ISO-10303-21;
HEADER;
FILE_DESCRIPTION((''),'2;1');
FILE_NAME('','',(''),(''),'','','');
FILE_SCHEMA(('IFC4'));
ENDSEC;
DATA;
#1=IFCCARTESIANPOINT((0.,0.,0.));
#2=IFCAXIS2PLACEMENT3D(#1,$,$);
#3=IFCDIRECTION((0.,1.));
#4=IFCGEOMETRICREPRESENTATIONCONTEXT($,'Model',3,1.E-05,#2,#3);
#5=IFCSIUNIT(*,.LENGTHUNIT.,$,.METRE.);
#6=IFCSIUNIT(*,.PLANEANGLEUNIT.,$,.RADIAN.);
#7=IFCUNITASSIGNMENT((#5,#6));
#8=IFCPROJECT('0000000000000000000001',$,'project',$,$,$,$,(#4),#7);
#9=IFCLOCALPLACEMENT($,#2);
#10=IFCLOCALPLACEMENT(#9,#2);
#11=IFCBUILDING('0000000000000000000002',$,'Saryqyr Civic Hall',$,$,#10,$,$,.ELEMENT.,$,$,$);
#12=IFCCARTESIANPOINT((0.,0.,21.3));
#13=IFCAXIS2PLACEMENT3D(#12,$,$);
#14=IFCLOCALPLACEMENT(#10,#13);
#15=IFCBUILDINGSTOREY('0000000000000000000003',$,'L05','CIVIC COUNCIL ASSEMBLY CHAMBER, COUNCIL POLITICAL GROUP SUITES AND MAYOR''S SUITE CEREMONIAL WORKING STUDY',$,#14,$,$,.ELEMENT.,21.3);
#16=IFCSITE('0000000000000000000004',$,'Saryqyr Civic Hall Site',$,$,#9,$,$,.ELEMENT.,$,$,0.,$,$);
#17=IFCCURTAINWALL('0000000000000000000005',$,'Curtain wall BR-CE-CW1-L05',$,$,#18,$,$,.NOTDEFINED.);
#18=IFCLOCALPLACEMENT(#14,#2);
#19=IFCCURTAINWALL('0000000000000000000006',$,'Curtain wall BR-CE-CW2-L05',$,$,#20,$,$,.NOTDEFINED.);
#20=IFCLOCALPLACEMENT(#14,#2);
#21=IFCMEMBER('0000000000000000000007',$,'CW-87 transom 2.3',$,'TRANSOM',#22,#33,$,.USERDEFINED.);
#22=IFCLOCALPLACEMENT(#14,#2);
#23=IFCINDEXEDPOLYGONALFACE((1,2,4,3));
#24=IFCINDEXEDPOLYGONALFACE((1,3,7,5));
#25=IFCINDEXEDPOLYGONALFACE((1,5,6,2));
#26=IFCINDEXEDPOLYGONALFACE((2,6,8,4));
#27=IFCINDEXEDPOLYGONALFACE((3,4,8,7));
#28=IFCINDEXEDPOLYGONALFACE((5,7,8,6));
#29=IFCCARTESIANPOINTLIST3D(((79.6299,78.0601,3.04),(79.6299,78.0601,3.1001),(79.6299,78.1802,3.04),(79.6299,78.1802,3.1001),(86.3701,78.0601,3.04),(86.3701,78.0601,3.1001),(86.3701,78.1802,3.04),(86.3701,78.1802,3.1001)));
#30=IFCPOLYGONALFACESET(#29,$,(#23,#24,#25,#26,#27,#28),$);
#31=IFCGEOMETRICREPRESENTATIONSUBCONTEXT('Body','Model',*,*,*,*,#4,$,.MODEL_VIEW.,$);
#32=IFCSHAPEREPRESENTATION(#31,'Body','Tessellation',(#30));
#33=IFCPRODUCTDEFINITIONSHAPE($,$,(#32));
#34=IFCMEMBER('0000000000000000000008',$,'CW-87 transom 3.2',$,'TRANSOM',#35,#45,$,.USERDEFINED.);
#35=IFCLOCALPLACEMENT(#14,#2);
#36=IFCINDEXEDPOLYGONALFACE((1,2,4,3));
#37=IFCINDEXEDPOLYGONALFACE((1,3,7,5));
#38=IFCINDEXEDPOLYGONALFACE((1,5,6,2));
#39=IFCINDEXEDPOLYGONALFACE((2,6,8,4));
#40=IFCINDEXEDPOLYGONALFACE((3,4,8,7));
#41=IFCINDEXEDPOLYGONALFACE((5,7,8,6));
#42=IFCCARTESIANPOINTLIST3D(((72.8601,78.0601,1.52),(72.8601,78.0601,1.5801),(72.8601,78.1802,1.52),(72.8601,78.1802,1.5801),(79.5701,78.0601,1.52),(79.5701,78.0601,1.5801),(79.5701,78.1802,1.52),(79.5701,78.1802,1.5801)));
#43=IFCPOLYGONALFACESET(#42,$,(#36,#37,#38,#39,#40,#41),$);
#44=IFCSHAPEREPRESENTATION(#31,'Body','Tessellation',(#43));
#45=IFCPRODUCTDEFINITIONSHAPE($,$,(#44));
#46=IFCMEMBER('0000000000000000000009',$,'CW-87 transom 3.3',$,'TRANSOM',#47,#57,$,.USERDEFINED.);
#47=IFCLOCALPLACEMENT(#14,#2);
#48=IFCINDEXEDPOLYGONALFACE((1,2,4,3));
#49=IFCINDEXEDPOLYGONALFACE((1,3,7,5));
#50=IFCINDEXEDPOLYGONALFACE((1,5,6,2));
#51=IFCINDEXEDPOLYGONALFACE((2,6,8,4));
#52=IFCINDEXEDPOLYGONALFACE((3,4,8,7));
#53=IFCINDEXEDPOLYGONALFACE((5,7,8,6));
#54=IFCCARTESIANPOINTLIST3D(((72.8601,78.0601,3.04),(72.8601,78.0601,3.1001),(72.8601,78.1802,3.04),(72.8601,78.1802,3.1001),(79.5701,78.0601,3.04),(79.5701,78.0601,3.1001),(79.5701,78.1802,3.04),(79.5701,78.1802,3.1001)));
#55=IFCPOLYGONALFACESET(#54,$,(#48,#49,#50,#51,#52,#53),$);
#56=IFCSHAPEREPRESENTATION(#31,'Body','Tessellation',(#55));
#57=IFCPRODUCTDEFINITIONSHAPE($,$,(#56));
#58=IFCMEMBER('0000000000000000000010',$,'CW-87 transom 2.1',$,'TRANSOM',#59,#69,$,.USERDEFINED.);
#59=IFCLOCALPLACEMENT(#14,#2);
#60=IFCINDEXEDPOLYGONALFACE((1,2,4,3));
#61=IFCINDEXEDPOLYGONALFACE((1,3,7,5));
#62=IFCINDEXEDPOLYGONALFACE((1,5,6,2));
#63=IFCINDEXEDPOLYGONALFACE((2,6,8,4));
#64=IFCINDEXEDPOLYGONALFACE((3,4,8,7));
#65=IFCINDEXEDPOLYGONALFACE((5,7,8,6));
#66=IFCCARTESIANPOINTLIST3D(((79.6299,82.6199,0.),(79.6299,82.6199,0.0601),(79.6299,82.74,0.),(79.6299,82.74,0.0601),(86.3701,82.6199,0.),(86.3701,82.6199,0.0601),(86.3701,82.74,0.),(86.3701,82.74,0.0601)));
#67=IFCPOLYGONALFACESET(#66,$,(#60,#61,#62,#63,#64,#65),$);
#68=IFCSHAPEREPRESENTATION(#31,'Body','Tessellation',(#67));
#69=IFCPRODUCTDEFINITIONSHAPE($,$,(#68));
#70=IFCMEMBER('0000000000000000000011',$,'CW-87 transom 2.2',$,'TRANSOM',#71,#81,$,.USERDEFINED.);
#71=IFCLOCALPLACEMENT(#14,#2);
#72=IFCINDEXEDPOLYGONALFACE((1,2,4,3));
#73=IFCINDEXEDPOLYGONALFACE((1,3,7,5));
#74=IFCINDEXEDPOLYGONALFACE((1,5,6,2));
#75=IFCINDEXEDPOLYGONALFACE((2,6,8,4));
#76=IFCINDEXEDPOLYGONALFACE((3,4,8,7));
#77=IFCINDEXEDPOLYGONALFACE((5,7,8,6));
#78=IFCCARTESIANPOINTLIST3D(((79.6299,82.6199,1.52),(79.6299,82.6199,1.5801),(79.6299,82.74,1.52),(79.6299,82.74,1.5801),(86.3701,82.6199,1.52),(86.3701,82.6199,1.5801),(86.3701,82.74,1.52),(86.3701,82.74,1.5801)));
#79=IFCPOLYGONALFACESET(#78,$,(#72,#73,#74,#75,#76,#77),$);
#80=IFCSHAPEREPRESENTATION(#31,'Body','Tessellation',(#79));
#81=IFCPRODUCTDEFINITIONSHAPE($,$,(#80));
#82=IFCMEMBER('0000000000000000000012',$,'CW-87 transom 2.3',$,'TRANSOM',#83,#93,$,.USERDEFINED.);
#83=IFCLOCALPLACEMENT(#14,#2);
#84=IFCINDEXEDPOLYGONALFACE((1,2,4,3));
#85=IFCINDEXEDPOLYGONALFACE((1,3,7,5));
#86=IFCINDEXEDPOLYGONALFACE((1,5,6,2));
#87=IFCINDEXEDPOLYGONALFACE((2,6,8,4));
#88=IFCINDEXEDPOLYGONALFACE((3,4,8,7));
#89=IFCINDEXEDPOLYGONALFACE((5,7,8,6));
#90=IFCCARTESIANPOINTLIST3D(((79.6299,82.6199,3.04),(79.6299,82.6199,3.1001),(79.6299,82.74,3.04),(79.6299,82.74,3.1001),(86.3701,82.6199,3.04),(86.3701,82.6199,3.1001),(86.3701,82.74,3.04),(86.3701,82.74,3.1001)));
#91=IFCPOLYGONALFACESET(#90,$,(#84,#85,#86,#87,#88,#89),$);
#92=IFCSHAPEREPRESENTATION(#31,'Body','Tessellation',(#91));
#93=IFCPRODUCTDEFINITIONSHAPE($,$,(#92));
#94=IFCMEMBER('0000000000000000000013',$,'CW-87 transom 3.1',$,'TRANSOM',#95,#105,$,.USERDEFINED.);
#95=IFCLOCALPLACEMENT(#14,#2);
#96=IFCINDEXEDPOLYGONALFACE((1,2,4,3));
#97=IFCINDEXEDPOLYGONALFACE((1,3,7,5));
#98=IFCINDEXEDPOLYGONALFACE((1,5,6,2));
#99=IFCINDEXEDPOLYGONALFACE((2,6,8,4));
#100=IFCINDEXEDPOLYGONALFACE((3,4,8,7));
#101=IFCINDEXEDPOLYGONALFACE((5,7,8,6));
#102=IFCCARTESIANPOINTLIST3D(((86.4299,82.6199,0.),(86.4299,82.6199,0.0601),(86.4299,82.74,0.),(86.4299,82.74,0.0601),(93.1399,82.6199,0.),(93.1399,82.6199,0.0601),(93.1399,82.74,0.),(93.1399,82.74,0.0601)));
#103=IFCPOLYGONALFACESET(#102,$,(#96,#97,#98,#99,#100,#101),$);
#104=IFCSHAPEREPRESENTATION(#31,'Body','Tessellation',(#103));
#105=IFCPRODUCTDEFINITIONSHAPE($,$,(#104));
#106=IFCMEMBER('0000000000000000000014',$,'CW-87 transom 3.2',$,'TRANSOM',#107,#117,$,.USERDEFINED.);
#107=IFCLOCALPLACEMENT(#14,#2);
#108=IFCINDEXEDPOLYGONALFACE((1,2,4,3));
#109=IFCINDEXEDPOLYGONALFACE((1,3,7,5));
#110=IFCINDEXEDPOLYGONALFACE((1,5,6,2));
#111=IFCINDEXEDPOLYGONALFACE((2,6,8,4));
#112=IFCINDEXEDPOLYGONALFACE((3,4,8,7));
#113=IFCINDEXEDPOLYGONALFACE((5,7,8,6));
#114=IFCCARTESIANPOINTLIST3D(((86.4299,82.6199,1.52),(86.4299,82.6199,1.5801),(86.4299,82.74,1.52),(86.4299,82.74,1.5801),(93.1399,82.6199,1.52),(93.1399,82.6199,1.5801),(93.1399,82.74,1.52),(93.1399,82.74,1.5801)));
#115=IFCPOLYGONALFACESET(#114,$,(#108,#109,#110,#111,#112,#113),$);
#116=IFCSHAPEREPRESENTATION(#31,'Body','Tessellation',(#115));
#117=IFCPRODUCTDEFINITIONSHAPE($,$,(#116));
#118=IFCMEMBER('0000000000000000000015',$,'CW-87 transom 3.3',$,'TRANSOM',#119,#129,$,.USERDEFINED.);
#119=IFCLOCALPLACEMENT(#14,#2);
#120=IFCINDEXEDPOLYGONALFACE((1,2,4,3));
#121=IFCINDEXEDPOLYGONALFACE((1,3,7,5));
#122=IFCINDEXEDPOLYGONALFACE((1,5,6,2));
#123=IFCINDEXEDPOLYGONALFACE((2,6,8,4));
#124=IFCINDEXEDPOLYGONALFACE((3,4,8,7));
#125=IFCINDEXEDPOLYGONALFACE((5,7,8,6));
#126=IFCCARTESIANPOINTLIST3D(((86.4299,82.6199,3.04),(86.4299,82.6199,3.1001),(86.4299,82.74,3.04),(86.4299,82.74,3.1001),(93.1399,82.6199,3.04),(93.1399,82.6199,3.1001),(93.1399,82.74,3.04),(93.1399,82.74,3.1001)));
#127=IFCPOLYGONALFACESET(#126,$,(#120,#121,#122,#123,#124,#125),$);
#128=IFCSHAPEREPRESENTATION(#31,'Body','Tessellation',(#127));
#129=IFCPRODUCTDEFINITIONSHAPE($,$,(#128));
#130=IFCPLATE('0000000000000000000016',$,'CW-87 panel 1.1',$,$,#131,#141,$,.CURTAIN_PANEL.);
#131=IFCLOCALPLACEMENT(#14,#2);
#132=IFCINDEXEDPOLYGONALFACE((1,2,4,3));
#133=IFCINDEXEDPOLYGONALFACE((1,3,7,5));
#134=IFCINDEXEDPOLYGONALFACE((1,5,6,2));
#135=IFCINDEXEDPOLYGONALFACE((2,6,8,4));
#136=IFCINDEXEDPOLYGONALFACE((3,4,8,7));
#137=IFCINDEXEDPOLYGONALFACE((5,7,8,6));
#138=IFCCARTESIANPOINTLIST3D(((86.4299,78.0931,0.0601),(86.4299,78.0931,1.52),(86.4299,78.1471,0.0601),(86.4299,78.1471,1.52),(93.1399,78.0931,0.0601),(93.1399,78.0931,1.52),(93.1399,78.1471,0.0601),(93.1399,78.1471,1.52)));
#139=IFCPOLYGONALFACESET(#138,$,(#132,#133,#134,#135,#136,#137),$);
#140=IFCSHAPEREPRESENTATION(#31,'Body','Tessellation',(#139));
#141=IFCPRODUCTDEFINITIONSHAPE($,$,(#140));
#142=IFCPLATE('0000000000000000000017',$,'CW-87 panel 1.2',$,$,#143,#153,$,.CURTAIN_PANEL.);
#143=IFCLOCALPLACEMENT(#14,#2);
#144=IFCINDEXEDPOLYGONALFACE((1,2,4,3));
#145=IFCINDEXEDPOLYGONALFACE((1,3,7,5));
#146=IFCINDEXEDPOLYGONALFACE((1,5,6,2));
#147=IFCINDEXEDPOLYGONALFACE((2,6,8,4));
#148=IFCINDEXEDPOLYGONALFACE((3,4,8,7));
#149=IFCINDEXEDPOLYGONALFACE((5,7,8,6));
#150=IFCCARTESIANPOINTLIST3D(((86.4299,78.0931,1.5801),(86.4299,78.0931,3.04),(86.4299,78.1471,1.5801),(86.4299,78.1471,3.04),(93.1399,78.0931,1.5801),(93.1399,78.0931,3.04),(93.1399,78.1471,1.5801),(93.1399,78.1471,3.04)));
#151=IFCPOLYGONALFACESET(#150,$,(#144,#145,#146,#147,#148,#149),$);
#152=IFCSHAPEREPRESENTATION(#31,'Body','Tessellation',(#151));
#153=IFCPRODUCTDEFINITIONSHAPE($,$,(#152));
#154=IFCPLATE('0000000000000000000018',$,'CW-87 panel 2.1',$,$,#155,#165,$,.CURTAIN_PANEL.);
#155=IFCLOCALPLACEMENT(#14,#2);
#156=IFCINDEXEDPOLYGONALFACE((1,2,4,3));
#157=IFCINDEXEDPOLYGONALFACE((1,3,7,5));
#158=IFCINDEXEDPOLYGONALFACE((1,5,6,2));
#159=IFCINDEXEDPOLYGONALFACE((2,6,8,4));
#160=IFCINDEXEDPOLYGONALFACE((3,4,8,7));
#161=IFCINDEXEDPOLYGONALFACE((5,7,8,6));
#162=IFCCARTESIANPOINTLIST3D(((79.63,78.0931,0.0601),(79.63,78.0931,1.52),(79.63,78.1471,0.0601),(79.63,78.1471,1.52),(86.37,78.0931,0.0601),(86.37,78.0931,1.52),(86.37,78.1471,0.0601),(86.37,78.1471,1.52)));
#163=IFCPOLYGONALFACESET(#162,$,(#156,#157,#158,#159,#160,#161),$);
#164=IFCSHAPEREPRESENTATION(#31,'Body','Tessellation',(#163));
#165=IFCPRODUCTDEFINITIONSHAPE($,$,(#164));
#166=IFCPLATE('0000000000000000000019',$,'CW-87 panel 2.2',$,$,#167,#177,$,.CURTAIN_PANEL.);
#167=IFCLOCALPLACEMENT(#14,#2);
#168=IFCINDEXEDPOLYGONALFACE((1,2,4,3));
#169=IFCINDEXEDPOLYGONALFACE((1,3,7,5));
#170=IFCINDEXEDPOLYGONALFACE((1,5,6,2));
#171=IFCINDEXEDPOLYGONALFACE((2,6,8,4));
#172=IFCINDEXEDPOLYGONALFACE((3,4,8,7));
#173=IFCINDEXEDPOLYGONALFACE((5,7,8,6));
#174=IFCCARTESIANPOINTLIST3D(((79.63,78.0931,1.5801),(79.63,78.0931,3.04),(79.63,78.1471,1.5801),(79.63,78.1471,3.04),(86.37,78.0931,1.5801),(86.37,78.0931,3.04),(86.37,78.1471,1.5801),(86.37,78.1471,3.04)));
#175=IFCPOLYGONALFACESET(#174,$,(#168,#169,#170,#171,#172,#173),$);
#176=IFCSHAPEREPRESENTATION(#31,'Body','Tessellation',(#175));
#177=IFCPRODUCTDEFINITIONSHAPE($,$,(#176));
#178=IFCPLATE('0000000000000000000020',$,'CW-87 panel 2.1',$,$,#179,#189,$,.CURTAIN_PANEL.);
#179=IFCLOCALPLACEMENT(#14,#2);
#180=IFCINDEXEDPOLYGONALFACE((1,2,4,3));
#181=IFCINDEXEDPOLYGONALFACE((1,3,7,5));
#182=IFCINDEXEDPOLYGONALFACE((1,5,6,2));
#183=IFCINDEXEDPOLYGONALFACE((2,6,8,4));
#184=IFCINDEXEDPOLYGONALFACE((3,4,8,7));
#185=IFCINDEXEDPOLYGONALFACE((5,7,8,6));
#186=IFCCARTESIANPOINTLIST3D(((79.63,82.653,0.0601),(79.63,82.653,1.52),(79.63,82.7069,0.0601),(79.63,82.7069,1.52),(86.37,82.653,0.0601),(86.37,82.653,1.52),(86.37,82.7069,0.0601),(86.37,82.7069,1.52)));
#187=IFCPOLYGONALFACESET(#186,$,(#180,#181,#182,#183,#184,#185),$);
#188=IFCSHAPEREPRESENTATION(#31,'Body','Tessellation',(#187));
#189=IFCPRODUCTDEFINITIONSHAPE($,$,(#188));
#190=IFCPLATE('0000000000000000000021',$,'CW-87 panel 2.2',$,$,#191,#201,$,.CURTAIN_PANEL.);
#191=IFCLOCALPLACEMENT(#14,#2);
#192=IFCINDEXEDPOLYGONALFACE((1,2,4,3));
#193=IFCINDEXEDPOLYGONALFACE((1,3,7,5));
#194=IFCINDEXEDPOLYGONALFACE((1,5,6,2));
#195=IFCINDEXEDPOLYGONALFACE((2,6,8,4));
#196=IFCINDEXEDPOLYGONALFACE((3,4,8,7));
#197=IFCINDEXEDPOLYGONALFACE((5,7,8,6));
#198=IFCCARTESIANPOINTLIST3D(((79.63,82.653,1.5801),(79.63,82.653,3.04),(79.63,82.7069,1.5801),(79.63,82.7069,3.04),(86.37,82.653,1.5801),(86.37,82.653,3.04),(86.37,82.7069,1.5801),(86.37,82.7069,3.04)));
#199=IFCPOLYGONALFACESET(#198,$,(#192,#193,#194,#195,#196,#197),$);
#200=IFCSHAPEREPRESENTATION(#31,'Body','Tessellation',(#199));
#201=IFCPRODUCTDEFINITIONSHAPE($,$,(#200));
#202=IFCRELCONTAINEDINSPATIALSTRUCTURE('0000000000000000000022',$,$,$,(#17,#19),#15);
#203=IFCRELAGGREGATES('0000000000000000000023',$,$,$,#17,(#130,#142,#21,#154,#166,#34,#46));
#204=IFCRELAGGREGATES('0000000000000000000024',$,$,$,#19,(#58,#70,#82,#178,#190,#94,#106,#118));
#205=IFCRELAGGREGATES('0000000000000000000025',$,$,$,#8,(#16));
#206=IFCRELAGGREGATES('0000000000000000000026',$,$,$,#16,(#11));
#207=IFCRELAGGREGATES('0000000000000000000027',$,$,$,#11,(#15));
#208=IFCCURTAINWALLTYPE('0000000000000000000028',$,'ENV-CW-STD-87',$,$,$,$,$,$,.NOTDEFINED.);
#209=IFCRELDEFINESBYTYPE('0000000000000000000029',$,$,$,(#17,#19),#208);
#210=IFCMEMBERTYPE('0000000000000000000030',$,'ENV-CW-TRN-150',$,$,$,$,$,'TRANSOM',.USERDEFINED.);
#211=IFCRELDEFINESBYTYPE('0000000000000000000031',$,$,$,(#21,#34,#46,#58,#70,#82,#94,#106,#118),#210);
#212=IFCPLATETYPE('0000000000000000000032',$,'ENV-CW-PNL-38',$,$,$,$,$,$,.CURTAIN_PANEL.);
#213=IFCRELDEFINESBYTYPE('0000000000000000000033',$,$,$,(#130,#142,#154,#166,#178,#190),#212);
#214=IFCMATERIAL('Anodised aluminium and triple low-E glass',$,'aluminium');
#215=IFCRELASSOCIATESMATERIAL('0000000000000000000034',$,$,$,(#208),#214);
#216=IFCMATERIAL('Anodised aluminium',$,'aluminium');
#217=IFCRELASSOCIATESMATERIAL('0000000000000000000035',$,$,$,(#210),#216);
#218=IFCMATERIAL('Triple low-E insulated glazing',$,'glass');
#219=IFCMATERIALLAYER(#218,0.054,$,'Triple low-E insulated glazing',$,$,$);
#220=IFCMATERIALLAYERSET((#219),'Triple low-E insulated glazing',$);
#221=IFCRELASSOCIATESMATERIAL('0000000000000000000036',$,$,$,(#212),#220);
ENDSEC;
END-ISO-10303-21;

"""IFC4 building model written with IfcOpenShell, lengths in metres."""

from ifc_helpers import new_model, si_unit, direction, frame, origin, origin_2d, place, context, subcontext, project, spatial, rectangle, extrude, material, layer, layer_set, material_profile, profile_set, type_object, element, aggregate, save


model = new_model("IFC4")

# Units and contexts
model_context = context("Model", 3, precision=1e-05, world=origin(), true_north=direction((0.0, 1.0)))
body_context = subcontext(model_context, "Body", "Model", "MODEL_VIEW")
ifc_project = project(units=[si_unit("LENGTHUNIT", "METRE"), si_unit("PLANEANGLEUNIT", "RADIAN")], contexts=[model_context])

# Site, building, storey
site_placement = place(None, origin())
site = spatial("IfcSite", under=ifc_project, at=site_placement, Name="Saryqyr Civic Hall Site", CompositionType="ELEMENT", RefElevation=0.0)
building_placement = place(site_placement, origin())
building = spatial("IfcBuilding", under=site, at=building_placement, Name="Saryqyr Civic Hall", CompositionType="ELEMENT")
storey_placement = place(building_placement, frame((0.0, 0.0, 21.3)))
storey = spatial("IfcBuildingStorey", under=building, at=storey_placement, Name="L05", Description="CIVIC COUNCIL ASSEMBLY CHAMBER, COUNCIL POLITICAL GROUP SUITES AND MAYOR'S SUITE CEREMONIAL WORKING STUDY", CompositionType="ELEMENT", Elevation=21.3)

# Shared definitions
ifc_material_1 = material(Name="Anodised aluminium and triple low-E glass", Category="aluminium")
ifc_material_2 = material(Name="Anodised aluminium", Category="aluminium")

# Curtain walls
curtain_wall_type_1 = type_object("IfcCurtainWallType", Name="ENV-CW-STD-87", PredefinedType="NOTDEFINED", material=ifc_material_1)
curtain_wall_1_placement = place(storey_placement, origin())
curtain_wall_1 = element("IfcCurtainWall", 1, at=curtain_wall_1_placement, inside=storey, type_object=curtain_wall_type_1, Name="Curtain wall BR-CE-CW1-L05", PredefinedType="NOTDEFINED")
curtain_wall_2_placement = place(storey_placement, origin())
curtain_wall_2 = element("IfcCurtainWall", 2, at=curtain_wall_2_placement, inside=storey, type_object=curtain_wall_type_1, Name="Curtain wall BR-CE-CW2-L05", PredefinedType="NOTDEFINED")

# Members
ifc_material_profile_1 = material_profile(ifc_material_2, rectangle(XDim=0.1201, YDim=0.0601, at=origin_2d()), Name="ALU TRANSOM 120x60")
ifc_profile_set_1 = profile_set([ifc_material_profile_1], Name="Anodised aluminium")
member_type_1 = type_object("IfcMemberType", Name="ENV-CW-TRN-150", ElementType="TRANSOM", PredefinedType="USERDEFINED", material=ifc_profile_set_1)
member_1_placement = place(storey_placement, frame((86.3701, 78.1201, 3.0701), z_axis=(-1.0, 0.0, 0.0), x_axis=(0.0, -1.0, 0.0)))
member_1 = element("IfcMember", 3, at=member_1_placement, type_object=member_type_1, Name="CW-87 transom 2.3", ObjectType="TRANSOM", PredefinedType="USERDEFINED", context=body_context, shape_type="SweptSolid", body=[
    extrude(rectangle(XDim=0.1201, YDim=0.0601, at=origin_2d()), origin(), (0.0, 0.0, 1.0), 6.7402),
])
member_2_placement = place(storey_placement, frame((79.5701, 78.1201, 1.55), z_axis=(-1.0, 0.0, 0.0), x_axis=(0.0, -1.0, 0.0)))
member_2 = element("IfcMember", 4, at=member_2_placement, type_object=member_type_1, Name="CW-87 transom 3.2", ObjectType="TRANSOM", PredefinedType="USERDEFINED", context=body_context, shape_type="SweptSolid", body=[
    extrude(rectangle(XDim=0.1201, YDim=0.0601, at=origin_2d()), origin(), (0.0, 0.0, 1.0), 6.71),
])
member_3_placement = place(storey_placement, frame((79.5701, 78.1201, 3.0701), z_axis=(-1.0, 0.0, 0.0), x_axis=(0.0, -1.0, 0.0)))
member_3 = element("IfcMember", 5, at=member_3_placement, type_object=member_type_1, Name="CW-87 transom 3.3", ObjectType="TRANSOM", PredefinedType="USERDEFINED", context=body_context, shape_type="SweptSolid", body=[
    extrude(rectangle(XDim=0.1201, YDim=0.0601, at=origin_2d()), origin(), (0.0, 0.0, 1.0), 6.71),
])
member_4_placement = place(storey_placement, frame((79.6299, 82.6799, 0.03), z_axis=(1.0, 0.0, 0.0), x_axis=(0.0, 1.0, 0.0)))
member_4 = element("IfcMember", 6, at=member_4_placement, type_object=member_type_1, Name="CW-87 transom 2.1", ObjectType="TRANSOM", PredefinedType="USERDEFINED", context=body_context, shape_type="SweptSolid", body=[
    extrude(rectangle(XDim=0.1201, YDim=0.0601, at=origin_2d()), origin(), (0.0, 0.0, 1.0), 6.7402),
])
member_5_placement = place(storey_placement, frame((79.6299, 82.6799, 1.55), z_axis=(1.0, 0.0, 0.0), x_axis=(0.0, 1.0, 0.0)))
member_5 = element("IfcMember", 7, at=member_5_placement, type_object=member_type_1, Name="CW-87 transom 2.2", ObjectType="TRANSOM", PredefinedType="USERDEFINED", context=body_context, shape_type="SweptSolid", body=[
    extrude(rectangle(XDim=0.1201, YDim=0.0601, at=origin_2d()), origin(), (0.0, 0.0, 1.0), 6.7402),
])
member_6_placement = place(storey_placement, frame((79.6299, 82.6799, 3.0701), z_axis=(1.0, 0.0, 0.0), x_axis=(0.0, 1.0, 0.0)))
member_6 = element("IfcMember", 8, at=member_6_placement, type_object=member_type_1, Name="CW-87 transom 2.3", ObjectType="TRANSOM", PredefinedType="USERDEFINED", context=body_context, shape_type="SweptSolid", body=[
    extrude(rectangle(XDim=0.1201, YDim=0.0601, at=origin_2d()), origin(), (0.0, 0.0, 1.0), 6.7402),
])
member_7_placement = place(storey_placement, frame((86.4299, 82.6799, 0.03), z_axis=(1.0, 0.0, 0.0), x_axis=(0.0, 1.0, 0.0)))
member_7 = element("IfcMember", 9, at=member_7_placement, type_object=member_type_1, Name="CW-87 transom 3.1", ObjectType="TRANSOM", PredefinedType="USERDEFINED", context=body_context, shape_type="SweptSolid", body=[
    extrude(rectangle(XDim=0.1201, YDim=0.0601, at=origin_2d()), origin(), (0.0, 0.0, 1.0), 6.71),
])
member_8_placement = place(storey_placement, frame((86.4299, 82.6799, 1.55), z_axis=(1.0, 0.0, 0.0), x_axis=(0.0, 1.0, 0.0)))
member_8 = element("IfcMember", 10, at=member_8_placement, type_object=member_type_1, Name="CW-87 transom 3.2", ObjectType="TRANSOM", PredefinedType="USERDEFINED", context=body_context, shape_type="SweptSolid", body=[
    extrude(rectangle(XDim=0.1201, YDim=0.0601, at=origin_2d()), origin(), (0.0, 0.0, 1.0), 6.71),
])
member_9_placement = place(storey_placement, frame((86.4299, 82.6799, 3.0701), z_axis=(1.0, 0.0, 0.0), x_axis=(0.0, 1.0, 0.0)))
member_9 = element("IfcMember", 11, at=member_9_placement, type_object=member_type_1, Name="CW-87 transom 3.3", ObjectType="TRANSOM", PredefinedType="USERDEFINED", context=body_context, shape_type="SweptSolid", body=[
    extrude(rectangle(XDim=0.1201, YDim=0.0601, at=origin_2d()), origin(), (0.0, 0.0, 1.0), 6.71),
])

# Plates
ifc_material_3 = material(Name="Triple low-E insulated glazing", Category="glass")
ifc_layer_1 = layer(ifc_material_3, 0.054, Name="Triple low-E insulated glazing")
ifc_layer_set_1 = layer_set([ifc_layer_1], Name="Triple low-E insulated glazing")
plate_type_1 = type_object("IfcPlateType", Name="ENV-CW-PNL-38", PredefinedType="CURTAIN_PANEL", material=ifc_layer_set_1)
plate_1_placement = place(storey_placement, frame((89.7849, 78.1201, 0.0601), z_axis=(0.0, 0.0, 1.0), x_axis=(-1.0, 0.0, 0.0)))
plate_1 = element("IfcPlate", 12, at=plate_1_placement, type_object=plate_type_1, Name="CW-87 panel 1.1", PredefinedType="CURTAIN_PANEL", context=body_context, shape_type="SweptSolid", body=[
    extrude(rectangle(XDim=6.71, YDim=0.054, at=origin_2d()), origin(), (0.0, 0.0, 1.0), 1.46),
])
plate_2_placement = place(storey_placement, frame((89.7849, 78.1201, 1.5801), z_axis=(0.0, 0.0, 1.0), x_axis=(-1.0, 0.0, 0.0)))
plate_2 = element("IfcPlate", 13, at=plate_2_placement, type_object=plate_type_1, Name="CW-87 panel 1.2", PredefinedType="CURTAIN_PANEL", context=body_context, shape_type="SweptSolid", body=[
    extrude(rectangle(XDim=6.71, YDim=0.054, at=origin_2d()), origin(), (0.0, 0.0, 1.0), 1.46),
])
plate_3_placement = place(storey_placement, frame((83.0, 78.1201, 0.0601), z_axis=(0.0, 0.0, 1.0), x_axis=(-1.0, 0.0, 0.0)))
plate_3 = element("IfcPlate", 14, at=plate_3_placement, type_object=plate_type_1, Name="CW-87 panel 2.1", PredefinedType="CURTAIN_PANEL", context=body_context, shape_type="SweptSolid", body=[
    extrude(rectangle(XDim=6.74, YDim=0.054, at=origin_2d()), origin(), (0.0, 0.0, 1.0), 1.46),
])
plate_4_placement = place(storey_placement, frame((83.0, 78.1201, 1.5801), z_axis=(0.0, 0.0, 1.0), x_axis=(-1.0, 0.0, 0.0)))
plate_4 = element("IfcPlate", 15, at=plate_4_placement, type_object=plate_type_1, Name="CW-87 panel 2.2", PredefinedType="CURTAIN_PANEL", context=body_context, shape_type="SweptSolid", body=[
    extrude(rectangle(XDim=6.74, YDim=0.054, at=origin_2d()), origin(), (0.0, 0.0, 1.0), 1.46),
])
aggregate(curtain_wall_1, [plate_1, plate_2, member_1, plate_3, plate_4, member_2, member_3])
plate_5_placement = place(storey_placement, frame((83.0, 82.6799, 0.0601), z_axis=(0.0, 0.0, 1.0), x_axis=(1.0, 0.0, 0.0)))
plate_5 = element("IfcPlate", 16, at=plate_5_placement, type_object=plate_type_1, Name="CW-87 panel 2.1", PredefinedType="CURTAIN_PANEL", context=body_context, shape_type="SweptSolid", body=[
    extrude(rectangle(XDim=6.74, YDim=0.054, at=origin_2d()), origin(), (0.0, 0.0, 1.0), 1.46),
])
plate_6_placement = place(storey_placement, frame((83.0, 82.6799, 1.5801), z_axis=(0.0, 0.0, 1.0), x_axis=(1.0, 0.0, 0.0)))
plate_6 = element("IfcPlate", 17, at=plate_6_placement, type_object=plate_type_1, Name="CW-87 panel 2.2", PredefinedType="CURTAIN_PANEL", context=body_context, shape_type="SweptSolid", body=[
    extrude(rectangle(XDim=6.74, YDim=0.054, at=origin_2d()), origin(), (0.0, 0.0, 1.0), 1.46),
])
aggregate(curtain_wall_2, [member_4, member_5, member_6, plate_5, plate_6, member_7, member_8, member_9])

save(model, "model.ifc")
